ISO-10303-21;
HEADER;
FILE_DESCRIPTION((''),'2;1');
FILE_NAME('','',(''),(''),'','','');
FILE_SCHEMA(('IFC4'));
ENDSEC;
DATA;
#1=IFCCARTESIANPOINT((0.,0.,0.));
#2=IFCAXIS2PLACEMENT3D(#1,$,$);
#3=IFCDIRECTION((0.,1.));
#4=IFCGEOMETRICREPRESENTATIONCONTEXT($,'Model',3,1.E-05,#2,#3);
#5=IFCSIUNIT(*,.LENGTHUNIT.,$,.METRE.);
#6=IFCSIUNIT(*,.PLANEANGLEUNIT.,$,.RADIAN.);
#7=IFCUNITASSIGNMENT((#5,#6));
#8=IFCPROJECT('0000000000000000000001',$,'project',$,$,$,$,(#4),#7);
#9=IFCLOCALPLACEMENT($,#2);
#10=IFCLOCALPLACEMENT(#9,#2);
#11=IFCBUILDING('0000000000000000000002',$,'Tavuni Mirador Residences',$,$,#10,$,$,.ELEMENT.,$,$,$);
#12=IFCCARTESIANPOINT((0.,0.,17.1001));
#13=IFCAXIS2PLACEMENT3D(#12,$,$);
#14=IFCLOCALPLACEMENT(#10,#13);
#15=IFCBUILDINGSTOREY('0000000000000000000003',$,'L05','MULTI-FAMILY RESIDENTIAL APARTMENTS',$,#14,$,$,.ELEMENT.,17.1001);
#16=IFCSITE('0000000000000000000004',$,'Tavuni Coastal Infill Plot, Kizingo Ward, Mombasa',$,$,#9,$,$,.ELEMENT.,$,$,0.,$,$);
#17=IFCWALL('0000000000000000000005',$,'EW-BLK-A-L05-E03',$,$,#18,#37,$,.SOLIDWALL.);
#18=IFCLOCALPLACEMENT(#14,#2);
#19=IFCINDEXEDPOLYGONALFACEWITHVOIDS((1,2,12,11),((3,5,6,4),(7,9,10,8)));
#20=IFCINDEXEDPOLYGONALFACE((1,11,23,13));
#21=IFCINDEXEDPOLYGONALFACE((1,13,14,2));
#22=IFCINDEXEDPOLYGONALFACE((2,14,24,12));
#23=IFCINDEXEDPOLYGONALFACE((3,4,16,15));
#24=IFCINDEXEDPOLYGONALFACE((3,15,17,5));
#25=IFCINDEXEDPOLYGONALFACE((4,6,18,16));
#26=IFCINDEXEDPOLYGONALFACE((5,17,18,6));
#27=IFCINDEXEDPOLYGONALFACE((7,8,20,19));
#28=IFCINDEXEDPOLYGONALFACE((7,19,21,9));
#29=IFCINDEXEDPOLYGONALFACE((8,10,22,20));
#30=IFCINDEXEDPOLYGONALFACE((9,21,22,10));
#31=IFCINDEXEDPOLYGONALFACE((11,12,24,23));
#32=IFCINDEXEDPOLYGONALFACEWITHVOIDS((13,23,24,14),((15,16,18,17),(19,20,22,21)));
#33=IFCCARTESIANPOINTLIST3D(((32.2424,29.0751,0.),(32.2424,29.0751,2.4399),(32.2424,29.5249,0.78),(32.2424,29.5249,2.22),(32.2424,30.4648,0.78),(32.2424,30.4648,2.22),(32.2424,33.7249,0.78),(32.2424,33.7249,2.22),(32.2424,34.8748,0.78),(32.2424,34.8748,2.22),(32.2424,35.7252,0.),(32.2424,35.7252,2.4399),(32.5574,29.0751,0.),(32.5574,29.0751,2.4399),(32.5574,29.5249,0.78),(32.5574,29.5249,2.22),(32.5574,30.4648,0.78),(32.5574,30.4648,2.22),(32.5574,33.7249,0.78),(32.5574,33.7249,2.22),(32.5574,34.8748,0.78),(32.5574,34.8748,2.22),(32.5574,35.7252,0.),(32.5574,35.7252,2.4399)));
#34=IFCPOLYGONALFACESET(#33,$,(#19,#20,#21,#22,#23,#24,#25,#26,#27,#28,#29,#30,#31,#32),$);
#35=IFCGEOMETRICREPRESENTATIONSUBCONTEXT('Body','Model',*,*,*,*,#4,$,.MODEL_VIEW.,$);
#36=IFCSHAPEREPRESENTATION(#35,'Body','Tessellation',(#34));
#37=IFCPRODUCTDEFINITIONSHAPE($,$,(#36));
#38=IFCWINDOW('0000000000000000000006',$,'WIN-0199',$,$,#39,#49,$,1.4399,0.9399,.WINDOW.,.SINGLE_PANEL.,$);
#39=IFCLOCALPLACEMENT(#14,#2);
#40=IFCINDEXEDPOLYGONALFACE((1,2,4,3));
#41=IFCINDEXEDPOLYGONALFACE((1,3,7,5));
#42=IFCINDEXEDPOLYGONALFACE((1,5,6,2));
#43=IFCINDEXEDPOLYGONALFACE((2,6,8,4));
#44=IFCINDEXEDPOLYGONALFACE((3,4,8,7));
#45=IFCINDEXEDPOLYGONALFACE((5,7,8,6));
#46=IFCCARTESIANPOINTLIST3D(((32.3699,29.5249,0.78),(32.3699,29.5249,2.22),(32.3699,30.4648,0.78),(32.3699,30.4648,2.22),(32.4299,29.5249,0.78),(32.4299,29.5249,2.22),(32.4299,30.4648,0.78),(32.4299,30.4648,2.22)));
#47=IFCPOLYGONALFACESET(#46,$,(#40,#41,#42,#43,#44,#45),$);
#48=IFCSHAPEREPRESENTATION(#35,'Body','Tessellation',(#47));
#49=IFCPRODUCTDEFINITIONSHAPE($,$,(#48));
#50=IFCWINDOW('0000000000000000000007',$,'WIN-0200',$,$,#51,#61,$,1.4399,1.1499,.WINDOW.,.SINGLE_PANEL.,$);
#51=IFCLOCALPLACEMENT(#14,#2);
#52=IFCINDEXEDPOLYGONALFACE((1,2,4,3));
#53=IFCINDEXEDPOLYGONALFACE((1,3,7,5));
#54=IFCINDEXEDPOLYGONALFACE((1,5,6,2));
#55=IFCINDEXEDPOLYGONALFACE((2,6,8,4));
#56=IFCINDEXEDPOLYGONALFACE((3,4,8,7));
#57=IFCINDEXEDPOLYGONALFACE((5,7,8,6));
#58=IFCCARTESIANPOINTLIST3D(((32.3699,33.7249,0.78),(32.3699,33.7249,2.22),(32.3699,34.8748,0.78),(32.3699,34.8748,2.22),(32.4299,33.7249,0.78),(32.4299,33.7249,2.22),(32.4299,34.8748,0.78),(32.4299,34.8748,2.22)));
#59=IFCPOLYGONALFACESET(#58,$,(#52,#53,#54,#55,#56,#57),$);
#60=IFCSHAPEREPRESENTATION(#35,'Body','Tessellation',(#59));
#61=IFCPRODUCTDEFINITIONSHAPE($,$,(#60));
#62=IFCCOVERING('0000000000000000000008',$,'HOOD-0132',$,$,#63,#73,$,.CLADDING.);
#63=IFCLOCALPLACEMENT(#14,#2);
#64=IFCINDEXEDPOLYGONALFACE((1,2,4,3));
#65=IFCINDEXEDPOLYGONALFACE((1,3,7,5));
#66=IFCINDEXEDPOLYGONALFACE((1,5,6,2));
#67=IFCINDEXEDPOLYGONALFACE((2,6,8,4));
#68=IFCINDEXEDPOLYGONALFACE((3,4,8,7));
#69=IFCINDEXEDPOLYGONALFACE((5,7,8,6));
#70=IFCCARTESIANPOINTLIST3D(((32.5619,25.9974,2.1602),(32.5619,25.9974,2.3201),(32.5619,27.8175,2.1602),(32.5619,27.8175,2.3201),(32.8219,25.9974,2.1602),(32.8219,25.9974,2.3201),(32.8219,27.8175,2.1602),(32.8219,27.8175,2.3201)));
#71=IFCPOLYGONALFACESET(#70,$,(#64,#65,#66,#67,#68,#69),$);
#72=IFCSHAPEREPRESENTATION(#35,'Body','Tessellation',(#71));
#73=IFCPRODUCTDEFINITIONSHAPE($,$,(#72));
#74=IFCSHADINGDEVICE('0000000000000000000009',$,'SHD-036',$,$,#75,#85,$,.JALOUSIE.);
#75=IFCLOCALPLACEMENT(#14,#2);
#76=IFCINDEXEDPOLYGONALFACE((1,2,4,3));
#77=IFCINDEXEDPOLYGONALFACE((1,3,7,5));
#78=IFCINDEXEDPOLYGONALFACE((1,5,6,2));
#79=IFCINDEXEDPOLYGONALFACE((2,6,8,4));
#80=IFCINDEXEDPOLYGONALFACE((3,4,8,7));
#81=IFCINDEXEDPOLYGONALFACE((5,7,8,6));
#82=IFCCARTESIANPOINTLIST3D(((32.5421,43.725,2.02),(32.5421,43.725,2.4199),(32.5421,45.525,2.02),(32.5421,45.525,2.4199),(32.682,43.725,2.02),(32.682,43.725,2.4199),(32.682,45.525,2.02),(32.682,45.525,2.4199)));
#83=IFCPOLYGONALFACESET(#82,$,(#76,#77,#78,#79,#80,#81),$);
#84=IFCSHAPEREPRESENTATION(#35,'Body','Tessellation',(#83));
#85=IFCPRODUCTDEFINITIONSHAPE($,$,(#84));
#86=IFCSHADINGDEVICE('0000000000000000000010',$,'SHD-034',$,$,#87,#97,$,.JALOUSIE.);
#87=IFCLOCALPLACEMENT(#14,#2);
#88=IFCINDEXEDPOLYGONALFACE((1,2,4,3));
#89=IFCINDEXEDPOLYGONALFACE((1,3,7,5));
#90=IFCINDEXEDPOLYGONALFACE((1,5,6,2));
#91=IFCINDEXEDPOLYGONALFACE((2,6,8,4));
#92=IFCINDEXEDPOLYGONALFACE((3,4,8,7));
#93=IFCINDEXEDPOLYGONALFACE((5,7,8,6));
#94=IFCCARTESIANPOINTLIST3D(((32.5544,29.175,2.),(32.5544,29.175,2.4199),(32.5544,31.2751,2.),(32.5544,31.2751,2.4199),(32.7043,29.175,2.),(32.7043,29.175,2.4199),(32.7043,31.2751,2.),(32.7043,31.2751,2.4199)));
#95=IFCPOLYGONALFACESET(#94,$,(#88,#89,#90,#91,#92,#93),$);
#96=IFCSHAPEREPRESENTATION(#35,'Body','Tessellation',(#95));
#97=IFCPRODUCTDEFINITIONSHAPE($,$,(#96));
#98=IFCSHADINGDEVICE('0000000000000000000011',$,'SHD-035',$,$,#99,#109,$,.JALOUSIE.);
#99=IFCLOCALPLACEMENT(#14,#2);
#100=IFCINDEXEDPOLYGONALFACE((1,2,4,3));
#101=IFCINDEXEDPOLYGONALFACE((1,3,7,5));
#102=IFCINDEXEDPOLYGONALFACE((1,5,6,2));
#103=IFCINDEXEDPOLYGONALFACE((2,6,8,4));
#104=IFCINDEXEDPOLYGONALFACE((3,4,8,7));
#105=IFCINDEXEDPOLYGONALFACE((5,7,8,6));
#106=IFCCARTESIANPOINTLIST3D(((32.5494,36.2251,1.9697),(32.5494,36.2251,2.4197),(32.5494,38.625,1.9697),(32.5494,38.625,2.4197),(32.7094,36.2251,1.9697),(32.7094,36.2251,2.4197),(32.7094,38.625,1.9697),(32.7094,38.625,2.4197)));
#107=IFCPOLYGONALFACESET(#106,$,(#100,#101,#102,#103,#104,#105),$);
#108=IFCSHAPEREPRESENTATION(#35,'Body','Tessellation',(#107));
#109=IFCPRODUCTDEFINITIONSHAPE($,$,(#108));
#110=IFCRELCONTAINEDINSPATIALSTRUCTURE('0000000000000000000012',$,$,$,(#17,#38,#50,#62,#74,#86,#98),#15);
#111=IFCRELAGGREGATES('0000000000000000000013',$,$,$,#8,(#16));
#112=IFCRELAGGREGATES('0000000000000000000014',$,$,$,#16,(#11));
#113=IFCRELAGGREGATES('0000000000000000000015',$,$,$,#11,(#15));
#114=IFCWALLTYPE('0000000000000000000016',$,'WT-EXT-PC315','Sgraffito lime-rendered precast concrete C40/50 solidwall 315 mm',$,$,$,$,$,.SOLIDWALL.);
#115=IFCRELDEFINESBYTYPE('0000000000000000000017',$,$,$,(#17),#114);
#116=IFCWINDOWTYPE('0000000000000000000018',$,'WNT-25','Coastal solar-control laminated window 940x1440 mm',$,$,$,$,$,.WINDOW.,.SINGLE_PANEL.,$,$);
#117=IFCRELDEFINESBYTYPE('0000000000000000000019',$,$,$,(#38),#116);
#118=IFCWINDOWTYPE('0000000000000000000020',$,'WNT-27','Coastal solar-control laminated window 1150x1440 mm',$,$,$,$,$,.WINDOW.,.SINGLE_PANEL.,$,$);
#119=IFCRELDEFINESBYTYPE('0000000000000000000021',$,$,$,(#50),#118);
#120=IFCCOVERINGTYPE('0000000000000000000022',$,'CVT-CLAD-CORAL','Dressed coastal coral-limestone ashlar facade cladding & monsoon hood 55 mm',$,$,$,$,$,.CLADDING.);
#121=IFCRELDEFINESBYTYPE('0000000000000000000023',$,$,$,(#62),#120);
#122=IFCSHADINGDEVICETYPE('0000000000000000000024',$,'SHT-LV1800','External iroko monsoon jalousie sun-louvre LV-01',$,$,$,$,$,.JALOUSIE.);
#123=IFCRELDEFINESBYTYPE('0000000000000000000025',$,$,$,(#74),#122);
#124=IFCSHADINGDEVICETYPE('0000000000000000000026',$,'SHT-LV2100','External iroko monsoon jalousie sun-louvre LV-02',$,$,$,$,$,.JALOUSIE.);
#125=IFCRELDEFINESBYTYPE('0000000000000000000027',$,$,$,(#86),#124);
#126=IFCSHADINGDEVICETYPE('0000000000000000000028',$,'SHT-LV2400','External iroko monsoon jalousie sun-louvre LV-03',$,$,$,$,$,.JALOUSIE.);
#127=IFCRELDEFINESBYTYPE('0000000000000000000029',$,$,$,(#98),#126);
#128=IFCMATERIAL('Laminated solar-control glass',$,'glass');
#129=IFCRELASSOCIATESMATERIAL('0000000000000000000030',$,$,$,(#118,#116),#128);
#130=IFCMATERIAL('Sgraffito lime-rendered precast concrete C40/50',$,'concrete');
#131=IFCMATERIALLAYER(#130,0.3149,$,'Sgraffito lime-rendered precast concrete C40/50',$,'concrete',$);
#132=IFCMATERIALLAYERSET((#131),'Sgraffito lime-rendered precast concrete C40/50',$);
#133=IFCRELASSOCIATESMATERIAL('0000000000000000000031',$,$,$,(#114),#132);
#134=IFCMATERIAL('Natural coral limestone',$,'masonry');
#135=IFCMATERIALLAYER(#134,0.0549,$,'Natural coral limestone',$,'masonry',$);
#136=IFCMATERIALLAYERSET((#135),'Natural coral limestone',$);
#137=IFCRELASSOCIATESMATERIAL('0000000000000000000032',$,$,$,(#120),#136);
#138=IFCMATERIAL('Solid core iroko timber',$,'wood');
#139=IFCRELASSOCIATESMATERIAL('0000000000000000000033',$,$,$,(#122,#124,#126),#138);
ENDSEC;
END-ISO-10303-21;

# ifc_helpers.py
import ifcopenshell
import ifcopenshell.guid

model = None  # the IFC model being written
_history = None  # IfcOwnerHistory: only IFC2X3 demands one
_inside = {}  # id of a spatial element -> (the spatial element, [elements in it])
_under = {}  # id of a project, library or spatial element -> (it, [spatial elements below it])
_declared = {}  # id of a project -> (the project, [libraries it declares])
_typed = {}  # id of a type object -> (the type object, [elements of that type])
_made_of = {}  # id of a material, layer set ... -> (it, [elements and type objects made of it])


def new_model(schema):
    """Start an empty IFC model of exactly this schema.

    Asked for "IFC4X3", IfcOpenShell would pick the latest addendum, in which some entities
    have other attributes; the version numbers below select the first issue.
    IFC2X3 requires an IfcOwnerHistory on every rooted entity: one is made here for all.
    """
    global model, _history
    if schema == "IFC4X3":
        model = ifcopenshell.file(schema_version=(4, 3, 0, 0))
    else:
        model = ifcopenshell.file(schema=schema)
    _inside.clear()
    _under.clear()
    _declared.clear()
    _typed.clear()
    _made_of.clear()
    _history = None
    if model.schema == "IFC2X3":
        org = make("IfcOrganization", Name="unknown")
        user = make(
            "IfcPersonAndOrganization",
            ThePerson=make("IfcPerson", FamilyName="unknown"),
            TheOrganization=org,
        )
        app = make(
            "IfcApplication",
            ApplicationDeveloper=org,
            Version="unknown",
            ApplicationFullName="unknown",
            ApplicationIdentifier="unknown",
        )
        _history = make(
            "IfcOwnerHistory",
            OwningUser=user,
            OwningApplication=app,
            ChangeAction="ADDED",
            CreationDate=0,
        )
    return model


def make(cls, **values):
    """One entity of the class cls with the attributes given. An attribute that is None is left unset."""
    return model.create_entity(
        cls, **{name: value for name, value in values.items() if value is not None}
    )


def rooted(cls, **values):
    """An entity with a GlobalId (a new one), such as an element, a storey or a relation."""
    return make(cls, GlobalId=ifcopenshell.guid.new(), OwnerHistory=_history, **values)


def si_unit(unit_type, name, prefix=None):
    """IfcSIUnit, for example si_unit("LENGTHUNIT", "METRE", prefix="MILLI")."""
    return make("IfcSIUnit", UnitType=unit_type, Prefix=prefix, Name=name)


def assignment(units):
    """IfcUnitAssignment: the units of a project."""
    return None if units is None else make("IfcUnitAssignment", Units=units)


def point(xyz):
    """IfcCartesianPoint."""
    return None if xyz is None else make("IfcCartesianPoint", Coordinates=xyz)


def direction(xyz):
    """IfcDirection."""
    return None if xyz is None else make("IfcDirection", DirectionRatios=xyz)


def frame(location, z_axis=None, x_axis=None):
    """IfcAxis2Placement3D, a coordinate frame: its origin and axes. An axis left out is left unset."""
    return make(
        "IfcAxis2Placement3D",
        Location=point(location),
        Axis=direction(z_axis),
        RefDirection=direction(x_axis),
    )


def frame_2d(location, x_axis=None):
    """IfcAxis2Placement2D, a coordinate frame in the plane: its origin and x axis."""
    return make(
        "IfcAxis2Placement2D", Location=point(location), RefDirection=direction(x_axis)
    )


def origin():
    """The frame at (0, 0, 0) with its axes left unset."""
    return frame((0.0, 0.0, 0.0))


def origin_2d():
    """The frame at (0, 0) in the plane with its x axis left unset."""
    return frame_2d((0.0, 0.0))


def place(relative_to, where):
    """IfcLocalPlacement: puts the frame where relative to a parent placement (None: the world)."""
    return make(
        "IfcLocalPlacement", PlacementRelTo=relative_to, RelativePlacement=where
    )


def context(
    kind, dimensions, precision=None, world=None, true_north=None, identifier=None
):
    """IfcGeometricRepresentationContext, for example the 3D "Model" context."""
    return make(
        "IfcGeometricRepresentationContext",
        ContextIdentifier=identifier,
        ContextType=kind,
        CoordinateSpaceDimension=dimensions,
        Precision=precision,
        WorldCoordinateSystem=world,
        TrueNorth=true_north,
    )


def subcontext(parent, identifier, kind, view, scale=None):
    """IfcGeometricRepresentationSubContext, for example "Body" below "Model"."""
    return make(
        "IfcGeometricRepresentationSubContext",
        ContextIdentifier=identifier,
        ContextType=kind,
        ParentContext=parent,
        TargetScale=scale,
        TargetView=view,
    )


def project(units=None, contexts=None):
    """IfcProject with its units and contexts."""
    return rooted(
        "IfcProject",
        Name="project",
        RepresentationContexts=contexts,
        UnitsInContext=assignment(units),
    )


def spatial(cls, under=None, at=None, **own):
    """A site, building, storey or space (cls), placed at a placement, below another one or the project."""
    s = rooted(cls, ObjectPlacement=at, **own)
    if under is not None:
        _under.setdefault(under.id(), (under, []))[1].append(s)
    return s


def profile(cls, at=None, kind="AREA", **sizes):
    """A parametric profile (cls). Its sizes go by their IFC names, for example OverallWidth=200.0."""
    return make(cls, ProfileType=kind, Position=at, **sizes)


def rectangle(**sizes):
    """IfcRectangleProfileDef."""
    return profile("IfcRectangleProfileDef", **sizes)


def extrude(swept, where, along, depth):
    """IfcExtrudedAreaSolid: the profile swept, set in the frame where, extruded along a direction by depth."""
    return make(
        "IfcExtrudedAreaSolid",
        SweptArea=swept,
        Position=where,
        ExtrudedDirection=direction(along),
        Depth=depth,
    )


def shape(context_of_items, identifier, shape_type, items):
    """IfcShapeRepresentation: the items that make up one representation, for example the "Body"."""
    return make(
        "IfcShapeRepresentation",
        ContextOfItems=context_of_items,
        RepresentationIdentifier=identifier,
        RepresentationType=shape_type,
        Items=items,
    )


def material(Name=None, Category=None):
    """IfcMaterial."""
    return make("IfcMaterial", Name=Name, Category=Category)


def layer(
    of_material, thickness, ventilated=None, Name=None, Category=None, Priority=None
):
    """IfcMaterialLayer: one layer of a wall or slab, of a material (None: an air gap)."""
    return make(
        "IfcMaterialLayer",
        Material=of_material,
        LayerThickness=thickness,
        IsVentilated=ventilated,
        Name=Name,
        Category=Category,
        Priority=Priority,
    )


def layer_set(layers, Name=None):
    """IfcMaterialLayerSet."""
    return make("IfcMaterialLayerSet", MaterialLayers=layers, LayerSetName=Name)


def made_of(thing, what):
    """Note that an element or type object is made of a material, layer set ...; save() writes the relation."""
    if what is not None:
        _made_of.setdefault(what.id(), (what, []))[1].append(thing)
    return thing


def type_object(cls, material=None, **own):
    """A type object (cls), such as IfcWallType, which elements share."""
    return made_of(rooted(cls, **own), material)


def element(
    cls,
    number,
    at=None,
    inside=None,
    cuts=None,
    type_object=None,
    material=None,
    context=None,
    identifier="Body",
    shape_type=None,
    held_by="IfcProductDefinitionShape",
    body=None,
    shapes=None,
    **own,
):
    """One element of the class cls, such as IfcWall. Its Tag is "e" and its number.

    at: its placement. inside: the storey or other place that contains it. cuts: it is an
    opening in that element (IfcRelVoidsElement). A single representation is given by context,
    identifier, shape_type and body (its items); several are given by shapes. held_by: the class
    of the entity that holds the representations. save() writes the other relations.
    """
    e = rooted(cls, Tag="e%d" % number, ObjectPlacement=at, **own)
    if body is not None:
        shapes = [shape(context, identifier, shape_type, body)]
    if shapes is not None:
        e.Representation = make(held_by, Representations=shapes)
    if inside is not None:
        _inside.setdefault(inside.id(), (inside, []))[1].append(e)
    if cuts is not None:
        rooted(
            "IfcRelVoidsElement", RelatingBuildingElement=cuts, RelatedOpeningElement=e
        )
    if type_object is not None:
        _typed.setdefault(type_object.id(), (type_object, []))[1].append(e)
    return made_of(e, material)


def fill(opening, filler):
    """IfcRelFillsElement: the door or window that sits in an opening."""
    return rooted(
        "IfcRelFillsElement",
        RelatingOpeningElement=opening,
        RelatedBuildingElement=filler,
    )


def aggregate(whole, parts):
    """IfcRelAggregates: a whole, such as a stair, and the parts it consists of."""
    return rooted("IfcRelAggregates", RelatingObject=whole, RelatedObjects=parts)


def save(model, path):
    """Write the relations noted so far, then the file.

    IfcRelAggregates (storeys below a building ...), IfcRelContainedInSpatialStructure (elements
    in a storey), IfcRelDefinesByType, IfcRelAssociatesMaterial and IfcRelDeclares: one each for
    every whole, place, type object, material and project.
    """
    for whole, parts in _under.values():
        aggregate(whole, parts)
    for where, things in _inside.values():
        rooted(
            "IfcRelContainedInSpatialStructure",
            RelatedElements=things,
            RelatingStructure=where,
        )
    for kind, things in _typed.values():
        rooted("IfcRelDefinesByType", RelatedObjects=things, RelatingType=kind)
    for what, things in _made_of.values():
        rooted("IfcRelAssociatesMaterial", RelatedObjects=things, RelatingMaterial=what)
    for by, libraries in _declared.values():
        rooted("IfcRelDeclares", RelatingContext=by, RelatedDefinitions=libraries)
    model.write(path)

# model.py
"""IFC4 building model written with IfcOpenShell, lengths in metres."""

from ifc_helpers import new_model, si_unit, direction, frame, frame_2d, origin, origin_2d, place, context, subcontext, project, spatial, rectangle, extrude, material, layer, layer_set, type_object, element, fill, save


model = new_model("IFC4")

# Units and contexts
model_context = context("Model", 3, precision=1e-05, world=origin(), true_north=direction((0.0, 1.0)))
body_context = subcontext(model_context, "Body", "Model", "MODEL_VIEW")
ifc_project = project(units=[si_unit("LENGTHUNIT", "METRE"), si_unit("PLANEANGLEUNIT", "RADIAN")], contexts=[model_context])

# Site, building, storey
site_placement = place(None, origin())
site = spatial("IfcSite", under=ifc_project, at=site_placement, Name="Tavuni Coastal Infill Plot, Kizingo Ward, Mombasa", CompositionType="ELEMENT", RefElevation=0.0)
building_placement = place(site_placement, origin())
building = spatial("IfcBuilding", under=site, at=building_placement, Name="Tavuni Mirador Residences", CompositionType="ELEMENT")
storey_placement = place(building_placement, frame((0.0, 0.0, 17.1001)))
storey = spatial("IfcBuildingStorey", under=building, at=storey_placement, Name="L05", Description="MULTI-FAMILY RESIDENTIAL APARTMENTS", CompositionType="ELEMENT", Elevation=17.1001)

# Shared definitions
ifc_material_1 = material(Name="Laminated solar-control glass", Category="glass")

# Wall, openings, windows
ifc_material_2 = material(Name="Sgraffito lime-rendered precast concrete C40/50", Category="concrete")
window_type_1 = type_object("IfcWindowType", Name="WNT-27", Description="Coastal solar-control laminated window 1150x1440 mm", PartitioningType="SINGLE_PANEL", PredefinedType="WINDOW", material=ifc_material_1)
ifc_layer_1 = layer(ifc_material_2, 0.3149, Name="Sgraffito lime-rendered precast concrete C40/50", Category="concrete")
ifc_layer_set_1 = layer_set([ifc_layer_1], Name="Sgraffito lime-rendered precast concrete C40/50")
wall_type_1 = type_object("IfcWallType", Name="WT-EXT-PC315", Description="Sgraffito lime-rendered precast concrete C40/50 solidwall 315 mm", PredefinedType="SOLIDWALL", material=ifc_layer_set_1)
wall_1_placement = place(storey_placement, frame((32.3999, 29.075, 0.0), z_axis=(0.0, 0.0, 1.0), x_axis=(0.0, 1.0, 0.0)))
wall_1 = element("IfcWall", 1, at=wall_1_placement, inside=storey, type_object=wall_type_1, Name="EW-BLK-A-L05-E03", PredefinedType="SOLIDWALL", context=body_context, shape_type="SweptSolid", body=[
    extrude(rectangle(XDim=6.6501, YDim=0.3149, at=frame_2d((3.3252, 0.0))), origin(), (0.0, 0.0, 1.0), 2.4399),
])
opening_1_placement = place(wall_1_placement, frame((0.45, 0.0, 0.78)))
opening_1 = element("IfcOpeningElement", 2, at=opening_1_placement, cuts=wall_1, PredefinedType="OPENING", context=body_context, shape_type="SweptSolid", body=[
    extrude(rectangle(XDim=0.9399, YDim=1.4399, at=frame_2d((0.47, 0.72))), frame((0.0, 0.1675, 0.0), z_axis=(0.0, -1.0, 0.0), x_axis=(1.0, 0.0, 0.0)), (0.0, 0.0, 1.0), 0.335),
])
opening_2_placement = place(wall_1_placement, frame((4.6499, 0.0, 0.78)))
opening_2 = element("IfcOpeningElement", 3, at=opening_2_placement, cuts=wall_1, PredefinedType="OPENING", context=body_context, shape_type="SweptSolid", body=[
    extrude(rectangle(XDim=1.1499, YDim=1.4399, at=frame_2d((0.575, 0.72))), frame((0.0, 0.1675, 0.0), z_axis=(0.0, -1.0, 0.0), x_axis=(1.0, 0.0, 0.0)), (0.0, 0.0, 1.0), 0.335),
])
window_type_2 = type_object("IfcWindowType", Name="WNT-25", Description="Coastal solar-control laminated window 940x1440 mm", PartitioningType="SINGLE_PANEL", PredefinedType="WINDOW", material=ifc_material_1)
window_1_placement = place(opening_1_placement, origin())
window_1 = element("IfcWindow", 4, at=window_1_placement, inside=storey, type_object=window_type_2, Name="WIN-0199", OverallHeight=1.4399, OverallWidth=0.9399, PartitioningType="SINGLE_PANEL", PredefinedType="WINDOW", context=body_context, shape_type="SweptSolid", body=[
    extrude(rectangle(XDim=0.9399, YDim=1.4399, at=frame_2d((0.47, 0.72))), frame((0.0, 0.03, 0.0), z_axis=(0.0, -1.0, 0.0), x_axis=(1.0, 0.0, 0.0)), (0.0, 0.0, 1.0), 0.0601),
])
fill(opening_1, window_1)
window_2_placement = place(opening_2_placement, origin())
window_2 = element("IfcWindow", 5, at=window_2_placement, inside=storey, type_object=window_type_1, Name="WIN-0200", OverallHeight=1.4399, OverallWidth=1.1499, PartitioningType="SINGLE_PANEL", PredefinedType="WINDOW", context=body_context, shape_type="SweptSolid", body=[
    extrude(rectangle(XDim=1.1499, YDim=1.4399, at=frame_2d((0.575, 0.72))), frame((0.0, 0.03, 0.0), z_axis=(0.0, -1.0, 0.0), x_axis=(1.0, 0.0, 0.0)), (0.0, 0.0, 1.0), 0.0601),
])
fill(opening_2, window_2)

# Covering
ifc_material_3 = material(Name="Natural coral limestone", Category="masonry")
ifc_layer_2 = layer(ifc_material_3, 0.0549, Name="Natural coral limestone", Category="masonry")
ifc_layer_set_2 = layer_set([ifc_layer_2], Name="Natural coral limestone")
covering_type = type_object("IfcCoveringType", Name="CVT-CLAD-CORAL", Description="Dressed coastal coral-limestone ashlar facade cladding & monsoon hood 55 mm", PredefinedType="CLADDING", material=ifc_layer_set_2)
covering_placement = place(storey_placement, frame((32.6919, 26.9075, 2.1602), z_axis=(0.0, 0.0, 1.0), x_axis=(0.0, 1.0, 0.0)))
element("IfcCovering", 6, at=covering_placement, inside=storey, type_object=covering_type, Name="HOOD-0132", PredefinedType="CLADDING", context=body_context, shape_type="SweptSolid", body=[
    extrude(rectangle(XDim=1.8201, YDim=0.26, at=origin_2d()), origin(), (0.0, 0.0, 1.0), 0.1599),
])

# Shading devices
ifc_material_4 = material(Name="Solid core iroko timber", Category="wood")
shading_device_type_1 = type_object("IfcShadingDeviceType", Name="SHT-LV1800", Description="External iroko monsoon jalousie sun-louvre LV-01", PredefinedType="JALOUSIE", material=ifc_material_4)
shading_device_1_placement = place(storey_placement, frame((32.6121, 44.625, 2.02), z_axis=(0.0, 0.0, 1.0), x_axis=(0.0, 1.0, 0.0)))
element("IfcShadingDevice", 7, at=shading_device_1_placement, inside=storey, type_object=shading_device_type_1, Name="SHD-036", PredefinedType="JALOUSIE", context=body_context, shape_type="SweptSolid", body=[
    extrude(rectangle(XDim=1.8, YDim=0.1399, at=origin_2d()), origin(), (0.0, 0.0, 1.0), 0.3999),
])
shading_device_type_2 = type_object("IfcShadingDeviceType", Name="SHT-LV2100", Description="External iroko monsoon jalousie sun-louvre LV-02", PredefinedType="JALOUSIE", material=ifc_material_4)
shading_device_2_placement = place(storey_placement, frame((32.6294, 30.2251, 2.0), z_axis=(0.0, 0.0, 1.0), x_axis=(0.0, 1.0, 0.0)))
element("IfcShadingDevice", 8, at=shading_device_2_placement, inside=storey, type_object=shading_device_type_2, Name="SHD-034", PredefinedType="JALOUSIE", context=body_context, shape_type="SweptSolid", body=[
    extrude(rectangle(XDim=2.1001, YDim=0.1499, at=origin_2d()), origin(), (0.0, 0.0, 1.0), 0.4199),
])
shading_device_type_3 = type_object("IfcShadingDeviceType", Name="SHT-LV2400", Description="External iroko monsoon jalousie sun-louvre LV-03", PredefinedType="JALOUSIE", material=ifc_material_4)
shading_device_3_placement = place(storey_placement, frame((32.6294, 37.425, 1.9697), z_axis=(0.0, 0.0, 1.0), x_axis=(0.0, 1.0, 0.0)))
element("IfcShadingDevice", 9, at=shading_device_3_placement, inside=storey, type_object=shading_device_type_3, Name="SHD-035", PredefinedType="JALOUSIE", context=body_context, shape_type="SweptSolid", body=[
    extrude(rectangle(XDim=2.3999, YDim=0.1599, at=origin_2d()), origin(), (0.0, 0.0, 1.0), 0.45),
])

save(model, "model.ifc")
